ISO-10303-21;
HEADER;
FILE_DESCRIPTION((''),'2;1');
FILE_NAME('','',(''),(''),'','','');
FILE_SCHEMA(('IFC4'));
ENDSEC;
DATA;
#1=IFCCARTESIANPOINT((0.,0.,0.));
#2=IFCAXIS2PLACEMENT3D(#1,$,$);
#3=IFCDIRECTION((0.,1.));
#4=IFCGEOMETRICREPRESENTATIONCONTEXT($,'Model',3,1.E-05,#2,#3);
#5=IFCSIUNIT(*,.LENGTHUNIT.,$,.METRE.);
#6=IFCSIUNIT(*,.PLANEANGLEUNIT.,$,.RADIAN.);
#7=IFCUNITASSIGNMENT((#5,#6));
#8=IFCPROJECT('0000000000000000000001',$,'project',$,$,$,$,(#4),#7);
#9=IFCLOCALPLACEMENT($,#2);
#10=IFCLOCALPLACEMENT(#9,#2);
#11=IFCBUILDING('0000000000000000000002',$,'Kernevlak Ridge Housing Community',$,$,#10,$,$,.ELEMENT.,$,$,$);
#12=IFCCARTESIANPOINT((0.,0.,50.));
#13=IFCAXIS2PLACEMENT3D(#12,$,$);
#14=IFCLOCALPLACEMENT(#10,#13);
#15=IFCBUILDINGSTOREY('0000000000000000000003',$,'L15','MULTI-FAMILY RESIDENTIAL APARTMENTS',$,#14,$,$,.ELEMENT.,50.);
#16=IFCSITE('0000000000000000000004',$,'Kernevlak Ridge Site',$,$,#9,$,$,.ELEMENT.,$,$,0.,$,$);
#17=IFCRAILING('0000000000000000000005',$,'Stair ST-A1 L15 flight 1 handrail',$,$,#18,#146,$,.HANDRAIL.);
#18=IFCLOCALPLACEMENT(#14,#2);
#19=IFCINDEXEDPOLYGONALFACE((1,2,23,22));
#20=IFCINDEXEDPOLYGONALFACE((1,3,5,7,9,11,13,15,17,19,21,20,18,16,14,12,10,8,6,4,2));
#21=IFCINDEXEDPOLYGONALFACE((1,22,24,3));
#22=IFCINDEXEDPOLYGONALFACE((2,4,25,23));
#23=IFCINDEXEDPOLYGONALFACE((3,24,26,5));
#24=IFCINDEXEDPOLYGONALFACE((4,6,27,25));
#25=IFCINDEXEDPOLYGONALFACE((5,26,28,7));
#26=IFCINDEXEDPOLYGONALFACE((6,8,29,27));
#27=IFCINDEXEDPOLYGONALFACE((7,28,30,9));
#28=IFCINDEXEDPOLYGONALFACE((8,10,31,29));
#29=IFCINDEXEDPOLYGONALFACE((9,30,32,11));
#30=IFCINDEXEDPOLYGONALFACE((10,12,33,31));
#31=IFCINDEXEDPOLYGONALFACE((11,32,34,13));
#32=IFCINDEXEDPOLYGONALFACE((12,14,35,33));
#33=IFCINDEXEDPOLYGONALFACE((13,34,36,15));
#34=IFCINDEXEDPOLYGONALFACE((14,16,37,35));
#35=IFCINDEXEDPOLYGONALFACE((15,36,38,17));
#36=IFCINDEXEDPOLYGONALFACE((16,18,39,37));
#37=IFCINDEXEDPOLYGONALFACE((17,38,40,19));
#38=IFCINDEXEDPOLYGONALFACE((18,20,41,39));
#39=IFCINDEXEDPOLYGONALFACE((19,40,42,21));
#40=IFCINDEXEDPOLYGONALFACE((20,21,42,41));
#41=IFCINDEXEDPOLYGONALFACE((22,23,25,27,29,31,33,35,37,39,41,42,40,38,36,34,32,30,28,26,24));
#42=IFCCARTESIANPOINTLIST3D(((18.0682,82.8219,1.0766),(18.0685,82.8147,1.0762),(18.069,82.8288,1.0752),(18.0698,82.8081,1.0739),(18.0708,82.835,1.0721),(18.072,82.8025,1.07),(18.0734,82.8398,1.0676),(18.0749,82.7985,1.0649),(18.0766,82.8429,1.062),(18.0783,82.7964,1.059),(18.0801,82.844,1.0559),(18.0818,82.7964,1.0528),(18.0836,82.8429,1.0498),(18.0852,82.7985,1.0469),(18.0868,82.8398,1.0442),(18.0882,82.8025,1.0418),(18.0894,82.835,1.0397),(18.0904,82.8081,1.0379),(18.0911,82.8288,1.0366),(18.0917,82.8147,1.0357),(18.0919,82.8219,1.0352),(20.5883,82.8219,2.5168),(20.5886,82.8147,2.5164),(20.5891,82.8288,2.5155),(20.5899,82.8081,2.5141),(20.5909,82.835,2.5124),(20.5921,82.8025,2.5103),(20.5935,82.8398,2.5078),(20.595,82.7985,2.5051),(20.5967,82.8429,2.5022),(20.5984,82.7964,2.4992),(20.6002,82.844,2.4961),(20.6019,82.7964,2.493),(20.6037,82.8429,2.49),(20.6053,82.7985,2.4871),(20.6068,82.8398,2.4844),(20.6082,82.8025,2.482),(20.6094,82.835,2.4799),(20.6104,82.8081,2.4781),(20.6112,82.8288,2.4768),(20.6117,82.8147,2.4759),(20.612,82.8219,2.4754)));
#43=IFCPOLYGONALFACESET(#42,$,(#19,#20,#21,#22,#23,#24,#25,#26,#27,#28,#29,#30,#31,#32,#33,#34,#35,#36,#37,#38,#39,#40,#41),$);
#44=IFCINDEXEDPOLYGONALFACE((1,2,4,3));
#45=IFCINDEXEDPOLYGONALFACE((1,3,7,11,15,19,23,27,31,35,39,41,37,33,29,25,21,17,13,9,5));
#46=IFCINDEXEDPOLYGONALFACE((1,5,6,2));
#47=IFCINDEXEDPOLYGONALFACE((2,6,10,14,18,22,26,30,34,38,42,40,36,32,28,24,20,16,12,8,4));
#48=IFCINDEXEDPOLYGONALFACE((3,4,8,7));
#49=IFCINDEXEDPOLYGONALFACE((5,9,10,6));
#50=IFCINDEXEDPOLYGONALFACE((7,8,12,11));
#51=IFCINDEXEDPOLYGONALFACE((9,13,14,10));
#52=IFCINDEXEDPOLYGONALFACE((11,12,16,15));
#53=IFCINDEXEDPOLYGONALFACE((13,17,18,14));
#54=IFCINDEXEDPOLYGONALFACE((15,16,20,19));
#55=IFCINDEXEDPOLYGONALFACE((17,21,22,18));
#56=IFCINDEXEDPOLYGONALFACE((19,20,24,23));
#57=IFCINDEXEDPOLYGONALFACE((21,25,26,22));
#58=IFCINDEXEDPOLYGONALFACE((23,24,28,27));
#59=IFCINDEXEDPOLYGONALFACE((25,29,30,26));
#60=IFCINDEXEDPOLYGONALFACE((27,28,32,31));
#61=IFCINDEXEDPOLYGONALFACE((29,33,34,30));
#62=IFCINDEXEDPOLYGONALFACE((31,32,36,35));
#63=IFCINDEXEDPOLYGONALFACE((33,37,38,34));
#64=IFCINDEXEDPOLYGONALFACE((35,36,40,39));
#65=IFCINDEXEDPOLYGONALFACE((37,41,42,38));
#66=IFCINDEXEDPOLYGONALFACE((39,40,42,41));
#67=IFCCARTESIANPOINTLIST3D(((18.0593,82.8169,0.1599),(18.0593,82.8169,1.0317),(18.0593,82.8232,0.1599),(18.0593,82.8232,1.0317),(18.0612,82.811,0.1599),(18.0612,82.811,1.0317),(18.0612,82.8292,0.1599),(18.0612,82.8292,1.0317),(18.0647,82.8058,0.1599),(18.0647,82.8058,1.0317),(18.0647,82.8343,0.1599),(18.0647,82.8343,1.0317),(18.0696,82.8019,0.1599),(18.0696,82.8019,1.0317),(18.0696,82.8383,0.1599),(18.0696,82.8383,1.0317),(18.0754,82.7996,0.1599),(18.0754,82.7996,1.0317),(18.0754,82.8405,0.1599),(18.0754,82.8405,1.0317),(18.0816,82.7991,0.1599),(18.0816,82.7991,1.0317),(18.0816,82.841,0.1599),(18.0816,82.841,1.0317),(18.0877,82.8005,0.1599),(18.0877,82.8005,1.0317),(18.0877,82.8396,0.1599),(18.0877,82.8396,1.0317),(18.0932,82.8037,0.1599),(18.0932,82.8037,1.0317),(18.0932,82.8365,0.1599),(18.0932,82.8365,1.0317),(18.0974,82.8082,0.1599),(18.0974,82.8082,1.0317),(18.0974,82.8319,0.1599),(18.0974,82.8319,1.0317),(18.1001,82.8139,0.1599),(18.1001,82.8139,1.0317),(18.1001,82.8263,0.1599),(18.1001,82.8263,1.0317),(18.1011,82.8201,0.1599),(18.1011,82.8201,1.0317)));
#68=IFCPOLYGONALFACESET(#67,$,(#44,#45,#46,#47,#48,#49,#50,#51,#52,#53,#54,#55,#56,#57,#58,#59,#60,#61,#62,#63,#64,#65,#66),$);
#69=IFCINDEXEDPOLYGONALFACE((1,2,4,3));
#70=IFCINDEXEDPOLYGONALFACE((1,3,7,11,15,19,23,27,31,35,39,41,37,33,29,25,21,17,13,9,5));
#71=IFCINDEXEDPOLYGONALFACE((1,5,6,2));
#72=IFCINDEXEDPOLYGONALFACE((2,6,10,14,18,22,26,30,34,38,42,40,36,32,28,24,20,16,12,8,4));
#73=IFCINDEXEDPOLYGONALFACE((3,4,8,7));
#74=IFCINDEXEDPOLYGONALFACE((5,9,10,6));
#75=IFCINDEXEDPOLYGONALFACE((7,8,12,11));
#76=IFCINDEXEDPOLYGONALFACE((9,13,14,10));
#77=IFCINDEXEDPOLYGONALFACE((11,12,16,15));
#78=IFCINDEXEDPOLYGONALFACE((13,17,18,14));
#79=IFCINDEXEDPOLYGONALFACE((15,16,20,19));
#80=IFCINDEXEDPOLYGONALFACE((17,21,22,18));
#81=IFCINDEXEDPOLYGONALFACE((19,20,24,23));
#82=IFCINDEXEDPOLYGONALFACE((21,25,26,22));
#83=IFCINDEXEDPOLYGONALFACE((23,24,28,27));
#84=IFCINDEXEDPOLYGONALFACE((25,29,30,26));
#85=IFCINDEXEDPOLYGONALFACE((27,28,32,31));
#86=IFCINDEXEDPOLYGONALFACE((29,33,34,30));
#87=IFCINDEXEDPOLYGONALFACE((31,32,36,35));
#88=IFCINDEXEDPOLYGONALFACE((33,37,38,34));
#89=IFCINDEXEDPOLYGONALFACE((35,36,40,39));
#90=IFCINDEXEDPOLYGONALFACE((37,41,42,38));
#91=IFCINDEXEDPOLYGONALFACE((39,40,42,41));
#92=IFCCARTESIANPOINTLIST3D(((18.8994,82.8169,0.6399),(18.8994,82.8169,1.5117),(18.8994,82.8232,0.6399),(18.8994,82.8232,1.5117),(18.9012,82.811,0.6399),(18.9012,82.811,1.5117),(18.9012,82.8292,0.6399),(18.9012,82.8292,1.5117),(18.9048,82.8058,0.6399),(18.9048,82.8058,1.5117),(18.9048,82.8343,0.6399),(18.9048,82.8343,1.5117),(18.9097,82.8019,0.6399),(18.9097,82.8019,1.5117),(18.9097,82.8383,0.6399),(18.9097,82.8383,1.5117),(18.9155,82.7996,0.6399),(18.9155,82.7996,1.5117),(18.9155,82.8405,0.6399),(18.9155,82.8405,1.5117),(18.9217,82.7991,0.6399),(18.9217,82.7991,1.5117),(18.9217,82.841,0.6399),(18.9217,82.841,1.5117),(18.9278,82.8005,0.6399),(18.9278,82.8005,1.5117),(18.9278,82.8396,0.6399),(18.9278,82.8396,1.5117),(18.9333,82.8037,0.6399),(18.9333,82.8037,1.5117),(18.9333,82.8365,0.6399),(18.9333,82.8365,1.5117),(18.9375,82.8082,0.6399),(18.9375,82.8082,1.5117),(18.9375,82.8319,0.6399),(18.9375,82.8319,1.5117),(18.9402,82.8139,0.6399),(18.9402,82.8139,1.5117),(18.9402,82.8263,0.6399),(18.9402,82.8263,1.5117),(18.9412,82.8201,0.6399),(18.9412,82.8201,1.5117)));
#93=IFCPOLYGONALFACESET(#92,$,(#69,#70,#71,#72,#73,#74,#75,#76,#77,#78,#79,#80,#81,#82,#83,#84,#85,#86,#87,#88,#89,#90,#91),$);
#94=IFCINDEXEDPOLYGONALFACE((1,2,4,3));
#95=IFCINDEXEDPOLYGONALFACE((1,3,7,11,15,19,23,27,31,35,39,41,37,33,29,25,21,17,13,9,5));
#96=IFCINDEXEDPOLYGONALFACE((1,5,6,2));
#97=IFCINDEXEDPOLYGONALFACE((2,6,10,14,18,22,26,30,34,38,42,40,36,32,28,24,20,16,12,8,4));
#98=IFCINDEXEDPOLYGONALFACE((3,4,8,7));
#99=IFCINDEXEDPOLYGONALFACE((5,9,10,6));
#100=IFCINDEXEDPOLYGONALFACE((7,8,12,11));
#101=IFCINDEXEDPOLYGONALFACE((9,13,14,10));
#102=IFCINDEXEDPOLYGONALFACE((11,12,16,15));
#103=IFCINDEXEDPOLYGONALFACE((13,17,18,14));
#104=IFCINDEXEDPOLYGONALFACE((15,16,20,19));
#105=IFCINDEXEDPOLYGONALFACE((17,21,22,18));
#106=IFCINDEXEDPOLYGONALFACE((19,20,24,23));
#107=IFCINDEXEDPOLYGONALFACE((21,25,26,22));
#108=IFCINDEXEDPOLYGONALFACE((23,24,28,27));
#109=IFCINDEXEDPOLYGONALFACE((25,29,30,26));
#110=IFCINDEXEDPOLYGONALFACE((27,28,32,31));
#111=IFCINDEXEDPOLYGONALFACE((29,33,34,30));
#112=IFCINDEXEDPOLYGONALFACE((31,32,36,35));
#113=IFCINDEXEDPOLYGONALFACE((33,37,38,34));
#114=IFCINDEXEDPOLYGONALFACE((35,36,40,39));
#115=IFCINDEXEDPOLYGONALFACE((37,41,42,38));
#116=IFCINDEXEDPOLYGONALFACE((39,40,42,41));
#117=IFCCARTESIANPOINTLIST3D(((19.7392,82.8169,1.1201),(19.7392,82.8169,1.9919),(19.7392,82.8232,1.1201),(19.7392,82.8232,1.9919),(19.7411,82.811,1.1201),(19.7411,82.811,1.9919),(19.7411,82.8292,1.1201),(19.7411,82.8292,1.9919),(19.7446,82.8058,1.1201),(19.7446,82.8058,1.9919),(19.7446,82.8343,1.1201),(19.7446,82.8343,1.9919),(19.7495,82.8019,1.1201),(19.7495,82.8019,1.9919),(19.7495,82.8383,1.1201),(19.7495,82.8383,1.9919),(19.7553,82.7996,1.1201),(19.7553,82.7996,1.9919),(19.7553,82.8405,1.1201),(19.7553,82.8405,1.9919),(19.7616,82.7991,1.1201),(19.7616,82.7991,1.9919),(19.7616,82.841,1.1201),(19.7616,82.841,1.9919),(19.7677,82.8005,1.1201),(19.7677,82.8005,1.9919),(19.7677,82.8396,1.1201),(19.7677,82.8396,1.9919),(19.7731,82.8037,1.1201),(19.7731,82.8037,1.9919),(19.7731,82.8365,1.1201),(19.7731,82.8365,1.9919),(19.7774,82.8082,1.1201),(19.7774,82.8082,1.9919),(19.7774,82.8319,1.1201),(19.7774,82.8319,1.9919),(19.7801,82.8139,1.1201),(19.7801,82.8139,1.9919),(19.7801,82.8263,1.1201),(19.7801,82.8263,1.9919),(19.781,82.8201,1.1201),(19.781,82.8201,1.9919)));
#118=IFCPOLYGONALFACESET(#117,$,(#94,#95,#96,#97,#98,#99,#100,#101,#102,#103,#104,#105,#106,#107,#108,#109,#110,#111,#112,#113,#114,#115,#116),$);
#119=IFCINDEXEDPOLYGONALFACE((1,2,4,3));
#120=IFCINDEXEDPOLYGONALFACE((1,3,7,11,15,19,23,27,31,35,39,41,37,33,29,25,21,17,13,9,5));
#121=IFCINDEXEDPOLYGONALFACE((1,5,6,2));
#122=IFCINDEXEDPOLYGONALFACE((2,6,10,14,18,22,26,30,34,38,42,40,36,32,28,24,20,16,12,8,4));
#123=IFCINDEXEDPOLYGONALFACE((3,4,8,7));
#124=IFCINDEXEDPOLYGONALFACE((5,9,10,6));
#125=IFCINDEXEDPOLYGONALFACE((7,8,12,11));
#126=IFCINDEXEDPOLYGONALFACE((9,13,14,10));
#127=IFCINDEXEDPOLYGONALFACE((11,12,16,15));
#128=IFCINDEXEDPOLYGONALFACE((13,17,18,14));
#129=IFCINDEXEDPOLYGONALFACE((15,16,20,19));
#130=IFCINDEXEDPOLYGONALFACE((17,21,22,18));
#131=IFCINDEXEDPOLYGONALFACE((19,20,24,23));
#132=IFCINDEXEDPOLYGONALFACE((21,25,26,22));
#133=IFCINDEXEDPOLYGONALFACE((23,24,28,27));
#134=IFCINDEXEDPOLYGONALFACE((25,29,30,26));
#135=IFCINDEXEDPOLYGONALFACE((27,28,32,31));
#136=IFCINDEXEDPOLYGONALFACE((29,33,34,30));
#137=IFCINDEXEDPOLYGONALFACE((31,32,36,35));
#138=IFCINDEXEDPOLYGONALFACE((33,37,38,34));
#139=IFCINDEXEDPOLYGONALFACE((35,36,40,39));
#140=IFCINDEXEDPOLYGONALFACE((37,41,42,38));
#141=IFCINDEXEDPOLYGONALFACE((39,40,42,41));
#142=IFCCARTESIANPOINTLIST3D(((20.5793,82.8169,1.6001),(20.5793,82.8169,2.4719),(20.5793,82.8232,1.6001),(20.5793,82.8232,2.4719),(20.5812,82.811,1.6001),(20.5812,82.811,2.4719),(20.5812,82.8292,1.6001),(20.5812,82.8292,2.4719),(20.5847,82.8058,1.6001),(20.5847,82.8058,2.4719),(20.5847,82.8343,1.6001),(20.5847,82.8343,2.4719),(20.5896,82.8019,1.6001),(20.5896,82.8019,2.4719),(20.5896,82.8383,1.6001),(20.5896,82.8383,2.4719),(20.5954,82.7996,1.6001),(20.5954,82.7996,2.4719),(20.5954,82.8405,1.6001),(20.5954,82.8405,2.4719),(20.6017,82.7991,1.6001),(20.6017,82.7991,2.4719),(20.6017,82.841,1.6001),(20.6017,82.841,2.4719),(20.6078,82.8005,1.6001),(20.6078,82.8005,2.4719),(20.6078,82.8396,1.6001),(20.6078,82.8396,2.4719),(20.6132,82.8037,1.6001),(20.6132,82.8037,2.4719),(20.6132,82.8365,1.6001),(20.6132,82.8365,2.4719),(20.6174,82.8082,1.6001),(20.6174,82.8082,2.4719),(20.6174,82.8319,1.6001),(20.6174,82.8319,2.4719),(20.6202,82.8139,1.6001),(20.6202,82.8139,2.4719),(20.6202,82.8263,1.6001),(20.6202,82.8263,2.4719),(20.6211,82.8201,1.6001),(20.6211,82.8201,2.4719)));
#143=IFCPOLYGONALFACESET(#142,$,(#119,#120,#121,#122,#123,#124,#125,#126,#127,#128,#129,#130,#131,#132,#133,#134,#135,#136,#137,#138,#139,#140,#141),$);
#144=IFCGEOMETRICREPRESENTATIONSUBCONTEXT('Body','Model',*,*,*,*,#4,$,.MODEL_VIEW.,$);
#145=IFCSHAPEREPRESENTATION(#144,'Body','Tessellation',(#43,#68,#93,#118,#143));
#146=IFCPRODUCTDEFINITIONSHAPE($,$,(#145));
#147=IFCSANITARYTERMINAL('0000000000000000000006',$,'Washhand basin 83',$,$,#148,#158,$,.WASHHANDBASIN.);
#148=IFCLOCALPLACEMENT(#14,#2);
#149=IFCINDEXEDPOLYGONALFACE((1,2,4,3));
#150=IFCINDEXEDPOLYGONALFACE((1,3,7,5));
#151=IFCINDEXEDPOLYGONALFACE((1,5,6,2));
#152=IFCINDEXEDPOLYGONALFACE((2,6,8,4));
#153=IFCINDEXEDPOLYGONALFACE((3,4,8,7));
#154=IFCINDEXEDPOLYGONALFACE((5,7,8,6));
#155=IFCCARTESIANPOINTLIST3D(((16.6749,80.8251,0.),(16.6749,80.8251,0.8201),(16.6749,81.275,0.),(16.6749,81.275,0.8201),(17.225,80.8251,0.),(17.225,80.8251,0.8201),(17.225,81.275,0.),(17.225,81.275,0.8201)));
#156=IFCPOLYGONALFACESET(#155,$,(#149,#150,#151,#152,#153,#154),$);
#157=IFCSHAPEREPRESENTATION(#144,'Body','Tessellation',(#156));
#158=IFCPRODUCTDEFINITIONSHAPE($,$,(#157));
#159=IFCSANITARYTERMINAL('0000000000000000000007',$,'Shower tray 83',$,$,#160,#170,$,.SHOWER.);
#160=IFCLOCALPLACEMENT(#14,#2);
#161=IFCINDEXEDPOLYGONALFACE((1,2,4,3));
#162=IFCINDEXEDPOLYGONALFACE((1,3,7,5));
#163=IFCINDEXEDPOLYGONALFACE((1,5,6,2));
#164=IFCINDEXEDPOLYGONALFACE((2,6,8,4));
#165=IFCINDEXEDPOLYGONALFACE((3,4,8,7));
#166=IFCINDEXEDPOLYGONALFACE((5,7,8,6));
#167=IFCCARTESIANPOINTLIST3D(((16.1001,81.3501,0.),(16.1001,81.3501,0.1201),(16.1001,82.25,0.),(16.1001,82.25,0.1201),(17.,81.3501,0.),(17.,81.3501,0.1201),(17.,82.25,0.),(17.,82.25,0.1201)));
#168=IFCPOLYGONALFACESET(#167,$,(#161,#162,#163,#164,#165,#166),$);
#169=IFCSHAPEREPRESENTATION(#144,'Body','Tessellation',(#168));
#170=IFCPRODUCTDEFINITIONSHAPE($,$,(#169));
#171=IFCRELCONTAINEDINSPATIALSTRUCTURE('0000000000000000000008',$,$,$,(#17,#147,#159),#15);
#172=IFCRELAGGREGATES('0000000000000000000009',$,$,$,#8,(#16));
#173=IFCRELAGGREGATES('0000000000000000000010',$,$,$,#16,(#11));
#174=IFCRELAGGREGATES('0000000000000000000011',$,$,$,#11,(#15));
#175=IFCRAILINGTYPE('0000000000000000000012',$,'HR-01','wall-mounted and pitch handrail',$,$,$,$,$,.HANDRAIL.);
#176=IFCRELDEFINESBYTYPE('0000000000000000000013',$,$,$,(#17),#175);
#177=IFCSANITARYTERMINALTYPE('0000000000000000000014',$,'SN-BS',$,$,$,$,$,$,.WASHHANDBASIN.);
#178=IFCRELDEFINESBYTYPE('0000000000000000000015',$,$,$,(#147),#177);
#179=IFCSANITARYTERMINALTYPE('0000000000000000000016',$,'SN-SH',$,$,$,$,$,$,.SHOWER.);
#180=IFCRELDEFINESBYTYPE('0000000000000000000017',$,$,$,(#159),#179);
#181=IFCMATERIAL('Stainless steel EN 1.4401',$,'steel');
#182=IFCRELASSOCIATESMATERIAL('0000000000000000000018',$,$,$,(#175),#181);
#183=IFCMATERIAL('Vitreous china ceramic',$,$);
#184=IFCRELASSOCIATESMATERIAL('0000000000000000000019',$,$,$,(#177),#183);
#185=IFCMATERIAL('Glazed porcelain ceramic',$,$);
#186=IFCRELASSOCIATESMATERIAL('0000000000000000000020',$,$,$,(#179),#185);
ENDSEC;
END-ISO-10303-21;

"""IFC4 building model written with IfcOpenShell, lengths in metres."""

from ifc_helpers import new_model, si_unit, direction, frame, origin, origin_2d, place, context, subcontext, project, spatial, rectangle, circle, extrude, material, type_object, element, save


model = new_model("IFC4")

# Units and contexts
model_context = context("Model", 3, precision=1e-05, world=origin(), true_north=direction((0.0, 1.0)))
body_context = subcontext(model_context, "Body", "Model", "MODEL_VIEW")
ifc_project = project(units=[si_unit("LENGTHUNIT", "METRE"), si_unit("PLANEANGLEUNIT", "RADIAN")], contexts=[model_context])

# Site, building, storey
site_placement = place(None, origin())
site = spatial("IfcSite", under=ifc_project, at=site_placement, Name="Kernevlak Ridge Site", CompositionType="ELEMENT", RefElevation=0.0)
building_placement = place(site_placement, origin())
building = spatial("IfcBuilding", under=site, at=building_placement, Name="Kernevlak Ridge Housing Community", CompositionType="ELEMENT")
storey_placement = place(building_placement, frame((0.0, 0.0, 50.0)))
storey = spatial("IfcBuildingStorey", under=building, at=storey_placement, Name="L15", Description="MULTI-FAMILY RESIDENTIAL APARTMENTS", CompositionType="ELEMENT", Elevation=50.0)

# Shared definitions
ifc_material_1 = material(Name="Stainless steel EN 1.4401", Category="steel")

# Railing
railing_type_1 = type_object("IfcRailingType", Name="HR-01", Description="wall-mounted and pitch handrail", PredefinedType="HANDRAIL", material=ifc_material_1)
railing_1_placement = place(storey_placement, frame((18.0801, 82.8201, 0.1599)))
element("IfcRailing", 1, at=railing_1_placement, inside=storey, type_object=railing_type_1, Name="Stair ST-A1 L15 flight 1 handrail", PredefinedType="HANDRAIL", context=body_context, shape_type="SweptSolid", body=[
    extrude(circle(Radius=0.0239, at=origin_2d()), frame((0.0, 0.0, 0.896), z_axis=(0.868217, 0.0, 0.496184), x_axis=(0.0, 1.0, 0.0)), (0.0, 0.0, 1.0), 2.9026),
    extrude(circle(Radius=0.021, at=origin_2d()), origin(), (0.0, 0.0, 1.0), 0.8718),
    extrude(circle(Radius=0.021, at=origin_2d()), frame((0.8401, 0.0, 0.48)), (0.0, 0.0, 1.0), 0.8718),
    extrude(circle(Radius=0.021, at=origin_2d()), frame((1.6799, 0.0, 0.9602)), (0.0, 0.0, 1.0), 0.8718),
    extrude(circle(Radius=0.021, at=origin_2d()), frame((2.52, 0.0, 1.4402)), (0.0, 0.0, 1.0), 0.8718),
])

# Sanitary terminals
ifc_material_2 = material(Name="Vitreous china ceramic")
sanitary_terminal_type_1 = type_object("IfcSanitaryTerminalType", Name="SN-BS", PredefinedType="WASHHANDBASIN", material=ifc_material_2)
sanitary_terminal_1_placement = place(storey_placement, frame((16.95, 81.05, 0.0), z_axis=(0.0, 0.0, 1.0), x_axis=(1.0, 0.0, 0.0)))
element("IfcSanitaryTerminal", 2, at=sanitary_terminal_1_placement, inside=storey, type_object=sanitary_terminal_type_1, Name="Washhand basin 83", PredefinedType="WASHHANDBASIN", context=body_context, shape_type="SweptSolid", body=[
    extrude(rectangle(XDim=0.55, YDim=0.45, at=origin_2d()), origin(), (0.0, 0.0, 1.0), 0.8201),
])
ifc_material_3 = material(Name="Glazed porcelain ceramic")
sanitary_terminal_type_2 = type_object("IfcSanitaryTerminalType", Name="SN-SH", PredefinedType="SHOWER", material=ifc_material_3)
sanitary_terminal_2_placement = place(storey_placement, frame((16.55, 81.8, 0.0), z_axis=(0.0, 0.0, 1.0), x_axis=(1.0, 0.0, 0.0)))
element("IfcSanitaryTerminal", 3, at=sanitary_terminal_2_placement, inside=storey, type_object=sanitary_terminal_type_2, Name="Shower tray 83", PredefinedType="SHOWER", context=body_context, shape_type="SweptSolid", body=[
    extrude(rectangle(XDim=0.8999, YDim=0.8999, at=origin_2d()), origin(), (0.0, 0.0, 1.0), 0.1201),
])

save(model, "model.ifc")
